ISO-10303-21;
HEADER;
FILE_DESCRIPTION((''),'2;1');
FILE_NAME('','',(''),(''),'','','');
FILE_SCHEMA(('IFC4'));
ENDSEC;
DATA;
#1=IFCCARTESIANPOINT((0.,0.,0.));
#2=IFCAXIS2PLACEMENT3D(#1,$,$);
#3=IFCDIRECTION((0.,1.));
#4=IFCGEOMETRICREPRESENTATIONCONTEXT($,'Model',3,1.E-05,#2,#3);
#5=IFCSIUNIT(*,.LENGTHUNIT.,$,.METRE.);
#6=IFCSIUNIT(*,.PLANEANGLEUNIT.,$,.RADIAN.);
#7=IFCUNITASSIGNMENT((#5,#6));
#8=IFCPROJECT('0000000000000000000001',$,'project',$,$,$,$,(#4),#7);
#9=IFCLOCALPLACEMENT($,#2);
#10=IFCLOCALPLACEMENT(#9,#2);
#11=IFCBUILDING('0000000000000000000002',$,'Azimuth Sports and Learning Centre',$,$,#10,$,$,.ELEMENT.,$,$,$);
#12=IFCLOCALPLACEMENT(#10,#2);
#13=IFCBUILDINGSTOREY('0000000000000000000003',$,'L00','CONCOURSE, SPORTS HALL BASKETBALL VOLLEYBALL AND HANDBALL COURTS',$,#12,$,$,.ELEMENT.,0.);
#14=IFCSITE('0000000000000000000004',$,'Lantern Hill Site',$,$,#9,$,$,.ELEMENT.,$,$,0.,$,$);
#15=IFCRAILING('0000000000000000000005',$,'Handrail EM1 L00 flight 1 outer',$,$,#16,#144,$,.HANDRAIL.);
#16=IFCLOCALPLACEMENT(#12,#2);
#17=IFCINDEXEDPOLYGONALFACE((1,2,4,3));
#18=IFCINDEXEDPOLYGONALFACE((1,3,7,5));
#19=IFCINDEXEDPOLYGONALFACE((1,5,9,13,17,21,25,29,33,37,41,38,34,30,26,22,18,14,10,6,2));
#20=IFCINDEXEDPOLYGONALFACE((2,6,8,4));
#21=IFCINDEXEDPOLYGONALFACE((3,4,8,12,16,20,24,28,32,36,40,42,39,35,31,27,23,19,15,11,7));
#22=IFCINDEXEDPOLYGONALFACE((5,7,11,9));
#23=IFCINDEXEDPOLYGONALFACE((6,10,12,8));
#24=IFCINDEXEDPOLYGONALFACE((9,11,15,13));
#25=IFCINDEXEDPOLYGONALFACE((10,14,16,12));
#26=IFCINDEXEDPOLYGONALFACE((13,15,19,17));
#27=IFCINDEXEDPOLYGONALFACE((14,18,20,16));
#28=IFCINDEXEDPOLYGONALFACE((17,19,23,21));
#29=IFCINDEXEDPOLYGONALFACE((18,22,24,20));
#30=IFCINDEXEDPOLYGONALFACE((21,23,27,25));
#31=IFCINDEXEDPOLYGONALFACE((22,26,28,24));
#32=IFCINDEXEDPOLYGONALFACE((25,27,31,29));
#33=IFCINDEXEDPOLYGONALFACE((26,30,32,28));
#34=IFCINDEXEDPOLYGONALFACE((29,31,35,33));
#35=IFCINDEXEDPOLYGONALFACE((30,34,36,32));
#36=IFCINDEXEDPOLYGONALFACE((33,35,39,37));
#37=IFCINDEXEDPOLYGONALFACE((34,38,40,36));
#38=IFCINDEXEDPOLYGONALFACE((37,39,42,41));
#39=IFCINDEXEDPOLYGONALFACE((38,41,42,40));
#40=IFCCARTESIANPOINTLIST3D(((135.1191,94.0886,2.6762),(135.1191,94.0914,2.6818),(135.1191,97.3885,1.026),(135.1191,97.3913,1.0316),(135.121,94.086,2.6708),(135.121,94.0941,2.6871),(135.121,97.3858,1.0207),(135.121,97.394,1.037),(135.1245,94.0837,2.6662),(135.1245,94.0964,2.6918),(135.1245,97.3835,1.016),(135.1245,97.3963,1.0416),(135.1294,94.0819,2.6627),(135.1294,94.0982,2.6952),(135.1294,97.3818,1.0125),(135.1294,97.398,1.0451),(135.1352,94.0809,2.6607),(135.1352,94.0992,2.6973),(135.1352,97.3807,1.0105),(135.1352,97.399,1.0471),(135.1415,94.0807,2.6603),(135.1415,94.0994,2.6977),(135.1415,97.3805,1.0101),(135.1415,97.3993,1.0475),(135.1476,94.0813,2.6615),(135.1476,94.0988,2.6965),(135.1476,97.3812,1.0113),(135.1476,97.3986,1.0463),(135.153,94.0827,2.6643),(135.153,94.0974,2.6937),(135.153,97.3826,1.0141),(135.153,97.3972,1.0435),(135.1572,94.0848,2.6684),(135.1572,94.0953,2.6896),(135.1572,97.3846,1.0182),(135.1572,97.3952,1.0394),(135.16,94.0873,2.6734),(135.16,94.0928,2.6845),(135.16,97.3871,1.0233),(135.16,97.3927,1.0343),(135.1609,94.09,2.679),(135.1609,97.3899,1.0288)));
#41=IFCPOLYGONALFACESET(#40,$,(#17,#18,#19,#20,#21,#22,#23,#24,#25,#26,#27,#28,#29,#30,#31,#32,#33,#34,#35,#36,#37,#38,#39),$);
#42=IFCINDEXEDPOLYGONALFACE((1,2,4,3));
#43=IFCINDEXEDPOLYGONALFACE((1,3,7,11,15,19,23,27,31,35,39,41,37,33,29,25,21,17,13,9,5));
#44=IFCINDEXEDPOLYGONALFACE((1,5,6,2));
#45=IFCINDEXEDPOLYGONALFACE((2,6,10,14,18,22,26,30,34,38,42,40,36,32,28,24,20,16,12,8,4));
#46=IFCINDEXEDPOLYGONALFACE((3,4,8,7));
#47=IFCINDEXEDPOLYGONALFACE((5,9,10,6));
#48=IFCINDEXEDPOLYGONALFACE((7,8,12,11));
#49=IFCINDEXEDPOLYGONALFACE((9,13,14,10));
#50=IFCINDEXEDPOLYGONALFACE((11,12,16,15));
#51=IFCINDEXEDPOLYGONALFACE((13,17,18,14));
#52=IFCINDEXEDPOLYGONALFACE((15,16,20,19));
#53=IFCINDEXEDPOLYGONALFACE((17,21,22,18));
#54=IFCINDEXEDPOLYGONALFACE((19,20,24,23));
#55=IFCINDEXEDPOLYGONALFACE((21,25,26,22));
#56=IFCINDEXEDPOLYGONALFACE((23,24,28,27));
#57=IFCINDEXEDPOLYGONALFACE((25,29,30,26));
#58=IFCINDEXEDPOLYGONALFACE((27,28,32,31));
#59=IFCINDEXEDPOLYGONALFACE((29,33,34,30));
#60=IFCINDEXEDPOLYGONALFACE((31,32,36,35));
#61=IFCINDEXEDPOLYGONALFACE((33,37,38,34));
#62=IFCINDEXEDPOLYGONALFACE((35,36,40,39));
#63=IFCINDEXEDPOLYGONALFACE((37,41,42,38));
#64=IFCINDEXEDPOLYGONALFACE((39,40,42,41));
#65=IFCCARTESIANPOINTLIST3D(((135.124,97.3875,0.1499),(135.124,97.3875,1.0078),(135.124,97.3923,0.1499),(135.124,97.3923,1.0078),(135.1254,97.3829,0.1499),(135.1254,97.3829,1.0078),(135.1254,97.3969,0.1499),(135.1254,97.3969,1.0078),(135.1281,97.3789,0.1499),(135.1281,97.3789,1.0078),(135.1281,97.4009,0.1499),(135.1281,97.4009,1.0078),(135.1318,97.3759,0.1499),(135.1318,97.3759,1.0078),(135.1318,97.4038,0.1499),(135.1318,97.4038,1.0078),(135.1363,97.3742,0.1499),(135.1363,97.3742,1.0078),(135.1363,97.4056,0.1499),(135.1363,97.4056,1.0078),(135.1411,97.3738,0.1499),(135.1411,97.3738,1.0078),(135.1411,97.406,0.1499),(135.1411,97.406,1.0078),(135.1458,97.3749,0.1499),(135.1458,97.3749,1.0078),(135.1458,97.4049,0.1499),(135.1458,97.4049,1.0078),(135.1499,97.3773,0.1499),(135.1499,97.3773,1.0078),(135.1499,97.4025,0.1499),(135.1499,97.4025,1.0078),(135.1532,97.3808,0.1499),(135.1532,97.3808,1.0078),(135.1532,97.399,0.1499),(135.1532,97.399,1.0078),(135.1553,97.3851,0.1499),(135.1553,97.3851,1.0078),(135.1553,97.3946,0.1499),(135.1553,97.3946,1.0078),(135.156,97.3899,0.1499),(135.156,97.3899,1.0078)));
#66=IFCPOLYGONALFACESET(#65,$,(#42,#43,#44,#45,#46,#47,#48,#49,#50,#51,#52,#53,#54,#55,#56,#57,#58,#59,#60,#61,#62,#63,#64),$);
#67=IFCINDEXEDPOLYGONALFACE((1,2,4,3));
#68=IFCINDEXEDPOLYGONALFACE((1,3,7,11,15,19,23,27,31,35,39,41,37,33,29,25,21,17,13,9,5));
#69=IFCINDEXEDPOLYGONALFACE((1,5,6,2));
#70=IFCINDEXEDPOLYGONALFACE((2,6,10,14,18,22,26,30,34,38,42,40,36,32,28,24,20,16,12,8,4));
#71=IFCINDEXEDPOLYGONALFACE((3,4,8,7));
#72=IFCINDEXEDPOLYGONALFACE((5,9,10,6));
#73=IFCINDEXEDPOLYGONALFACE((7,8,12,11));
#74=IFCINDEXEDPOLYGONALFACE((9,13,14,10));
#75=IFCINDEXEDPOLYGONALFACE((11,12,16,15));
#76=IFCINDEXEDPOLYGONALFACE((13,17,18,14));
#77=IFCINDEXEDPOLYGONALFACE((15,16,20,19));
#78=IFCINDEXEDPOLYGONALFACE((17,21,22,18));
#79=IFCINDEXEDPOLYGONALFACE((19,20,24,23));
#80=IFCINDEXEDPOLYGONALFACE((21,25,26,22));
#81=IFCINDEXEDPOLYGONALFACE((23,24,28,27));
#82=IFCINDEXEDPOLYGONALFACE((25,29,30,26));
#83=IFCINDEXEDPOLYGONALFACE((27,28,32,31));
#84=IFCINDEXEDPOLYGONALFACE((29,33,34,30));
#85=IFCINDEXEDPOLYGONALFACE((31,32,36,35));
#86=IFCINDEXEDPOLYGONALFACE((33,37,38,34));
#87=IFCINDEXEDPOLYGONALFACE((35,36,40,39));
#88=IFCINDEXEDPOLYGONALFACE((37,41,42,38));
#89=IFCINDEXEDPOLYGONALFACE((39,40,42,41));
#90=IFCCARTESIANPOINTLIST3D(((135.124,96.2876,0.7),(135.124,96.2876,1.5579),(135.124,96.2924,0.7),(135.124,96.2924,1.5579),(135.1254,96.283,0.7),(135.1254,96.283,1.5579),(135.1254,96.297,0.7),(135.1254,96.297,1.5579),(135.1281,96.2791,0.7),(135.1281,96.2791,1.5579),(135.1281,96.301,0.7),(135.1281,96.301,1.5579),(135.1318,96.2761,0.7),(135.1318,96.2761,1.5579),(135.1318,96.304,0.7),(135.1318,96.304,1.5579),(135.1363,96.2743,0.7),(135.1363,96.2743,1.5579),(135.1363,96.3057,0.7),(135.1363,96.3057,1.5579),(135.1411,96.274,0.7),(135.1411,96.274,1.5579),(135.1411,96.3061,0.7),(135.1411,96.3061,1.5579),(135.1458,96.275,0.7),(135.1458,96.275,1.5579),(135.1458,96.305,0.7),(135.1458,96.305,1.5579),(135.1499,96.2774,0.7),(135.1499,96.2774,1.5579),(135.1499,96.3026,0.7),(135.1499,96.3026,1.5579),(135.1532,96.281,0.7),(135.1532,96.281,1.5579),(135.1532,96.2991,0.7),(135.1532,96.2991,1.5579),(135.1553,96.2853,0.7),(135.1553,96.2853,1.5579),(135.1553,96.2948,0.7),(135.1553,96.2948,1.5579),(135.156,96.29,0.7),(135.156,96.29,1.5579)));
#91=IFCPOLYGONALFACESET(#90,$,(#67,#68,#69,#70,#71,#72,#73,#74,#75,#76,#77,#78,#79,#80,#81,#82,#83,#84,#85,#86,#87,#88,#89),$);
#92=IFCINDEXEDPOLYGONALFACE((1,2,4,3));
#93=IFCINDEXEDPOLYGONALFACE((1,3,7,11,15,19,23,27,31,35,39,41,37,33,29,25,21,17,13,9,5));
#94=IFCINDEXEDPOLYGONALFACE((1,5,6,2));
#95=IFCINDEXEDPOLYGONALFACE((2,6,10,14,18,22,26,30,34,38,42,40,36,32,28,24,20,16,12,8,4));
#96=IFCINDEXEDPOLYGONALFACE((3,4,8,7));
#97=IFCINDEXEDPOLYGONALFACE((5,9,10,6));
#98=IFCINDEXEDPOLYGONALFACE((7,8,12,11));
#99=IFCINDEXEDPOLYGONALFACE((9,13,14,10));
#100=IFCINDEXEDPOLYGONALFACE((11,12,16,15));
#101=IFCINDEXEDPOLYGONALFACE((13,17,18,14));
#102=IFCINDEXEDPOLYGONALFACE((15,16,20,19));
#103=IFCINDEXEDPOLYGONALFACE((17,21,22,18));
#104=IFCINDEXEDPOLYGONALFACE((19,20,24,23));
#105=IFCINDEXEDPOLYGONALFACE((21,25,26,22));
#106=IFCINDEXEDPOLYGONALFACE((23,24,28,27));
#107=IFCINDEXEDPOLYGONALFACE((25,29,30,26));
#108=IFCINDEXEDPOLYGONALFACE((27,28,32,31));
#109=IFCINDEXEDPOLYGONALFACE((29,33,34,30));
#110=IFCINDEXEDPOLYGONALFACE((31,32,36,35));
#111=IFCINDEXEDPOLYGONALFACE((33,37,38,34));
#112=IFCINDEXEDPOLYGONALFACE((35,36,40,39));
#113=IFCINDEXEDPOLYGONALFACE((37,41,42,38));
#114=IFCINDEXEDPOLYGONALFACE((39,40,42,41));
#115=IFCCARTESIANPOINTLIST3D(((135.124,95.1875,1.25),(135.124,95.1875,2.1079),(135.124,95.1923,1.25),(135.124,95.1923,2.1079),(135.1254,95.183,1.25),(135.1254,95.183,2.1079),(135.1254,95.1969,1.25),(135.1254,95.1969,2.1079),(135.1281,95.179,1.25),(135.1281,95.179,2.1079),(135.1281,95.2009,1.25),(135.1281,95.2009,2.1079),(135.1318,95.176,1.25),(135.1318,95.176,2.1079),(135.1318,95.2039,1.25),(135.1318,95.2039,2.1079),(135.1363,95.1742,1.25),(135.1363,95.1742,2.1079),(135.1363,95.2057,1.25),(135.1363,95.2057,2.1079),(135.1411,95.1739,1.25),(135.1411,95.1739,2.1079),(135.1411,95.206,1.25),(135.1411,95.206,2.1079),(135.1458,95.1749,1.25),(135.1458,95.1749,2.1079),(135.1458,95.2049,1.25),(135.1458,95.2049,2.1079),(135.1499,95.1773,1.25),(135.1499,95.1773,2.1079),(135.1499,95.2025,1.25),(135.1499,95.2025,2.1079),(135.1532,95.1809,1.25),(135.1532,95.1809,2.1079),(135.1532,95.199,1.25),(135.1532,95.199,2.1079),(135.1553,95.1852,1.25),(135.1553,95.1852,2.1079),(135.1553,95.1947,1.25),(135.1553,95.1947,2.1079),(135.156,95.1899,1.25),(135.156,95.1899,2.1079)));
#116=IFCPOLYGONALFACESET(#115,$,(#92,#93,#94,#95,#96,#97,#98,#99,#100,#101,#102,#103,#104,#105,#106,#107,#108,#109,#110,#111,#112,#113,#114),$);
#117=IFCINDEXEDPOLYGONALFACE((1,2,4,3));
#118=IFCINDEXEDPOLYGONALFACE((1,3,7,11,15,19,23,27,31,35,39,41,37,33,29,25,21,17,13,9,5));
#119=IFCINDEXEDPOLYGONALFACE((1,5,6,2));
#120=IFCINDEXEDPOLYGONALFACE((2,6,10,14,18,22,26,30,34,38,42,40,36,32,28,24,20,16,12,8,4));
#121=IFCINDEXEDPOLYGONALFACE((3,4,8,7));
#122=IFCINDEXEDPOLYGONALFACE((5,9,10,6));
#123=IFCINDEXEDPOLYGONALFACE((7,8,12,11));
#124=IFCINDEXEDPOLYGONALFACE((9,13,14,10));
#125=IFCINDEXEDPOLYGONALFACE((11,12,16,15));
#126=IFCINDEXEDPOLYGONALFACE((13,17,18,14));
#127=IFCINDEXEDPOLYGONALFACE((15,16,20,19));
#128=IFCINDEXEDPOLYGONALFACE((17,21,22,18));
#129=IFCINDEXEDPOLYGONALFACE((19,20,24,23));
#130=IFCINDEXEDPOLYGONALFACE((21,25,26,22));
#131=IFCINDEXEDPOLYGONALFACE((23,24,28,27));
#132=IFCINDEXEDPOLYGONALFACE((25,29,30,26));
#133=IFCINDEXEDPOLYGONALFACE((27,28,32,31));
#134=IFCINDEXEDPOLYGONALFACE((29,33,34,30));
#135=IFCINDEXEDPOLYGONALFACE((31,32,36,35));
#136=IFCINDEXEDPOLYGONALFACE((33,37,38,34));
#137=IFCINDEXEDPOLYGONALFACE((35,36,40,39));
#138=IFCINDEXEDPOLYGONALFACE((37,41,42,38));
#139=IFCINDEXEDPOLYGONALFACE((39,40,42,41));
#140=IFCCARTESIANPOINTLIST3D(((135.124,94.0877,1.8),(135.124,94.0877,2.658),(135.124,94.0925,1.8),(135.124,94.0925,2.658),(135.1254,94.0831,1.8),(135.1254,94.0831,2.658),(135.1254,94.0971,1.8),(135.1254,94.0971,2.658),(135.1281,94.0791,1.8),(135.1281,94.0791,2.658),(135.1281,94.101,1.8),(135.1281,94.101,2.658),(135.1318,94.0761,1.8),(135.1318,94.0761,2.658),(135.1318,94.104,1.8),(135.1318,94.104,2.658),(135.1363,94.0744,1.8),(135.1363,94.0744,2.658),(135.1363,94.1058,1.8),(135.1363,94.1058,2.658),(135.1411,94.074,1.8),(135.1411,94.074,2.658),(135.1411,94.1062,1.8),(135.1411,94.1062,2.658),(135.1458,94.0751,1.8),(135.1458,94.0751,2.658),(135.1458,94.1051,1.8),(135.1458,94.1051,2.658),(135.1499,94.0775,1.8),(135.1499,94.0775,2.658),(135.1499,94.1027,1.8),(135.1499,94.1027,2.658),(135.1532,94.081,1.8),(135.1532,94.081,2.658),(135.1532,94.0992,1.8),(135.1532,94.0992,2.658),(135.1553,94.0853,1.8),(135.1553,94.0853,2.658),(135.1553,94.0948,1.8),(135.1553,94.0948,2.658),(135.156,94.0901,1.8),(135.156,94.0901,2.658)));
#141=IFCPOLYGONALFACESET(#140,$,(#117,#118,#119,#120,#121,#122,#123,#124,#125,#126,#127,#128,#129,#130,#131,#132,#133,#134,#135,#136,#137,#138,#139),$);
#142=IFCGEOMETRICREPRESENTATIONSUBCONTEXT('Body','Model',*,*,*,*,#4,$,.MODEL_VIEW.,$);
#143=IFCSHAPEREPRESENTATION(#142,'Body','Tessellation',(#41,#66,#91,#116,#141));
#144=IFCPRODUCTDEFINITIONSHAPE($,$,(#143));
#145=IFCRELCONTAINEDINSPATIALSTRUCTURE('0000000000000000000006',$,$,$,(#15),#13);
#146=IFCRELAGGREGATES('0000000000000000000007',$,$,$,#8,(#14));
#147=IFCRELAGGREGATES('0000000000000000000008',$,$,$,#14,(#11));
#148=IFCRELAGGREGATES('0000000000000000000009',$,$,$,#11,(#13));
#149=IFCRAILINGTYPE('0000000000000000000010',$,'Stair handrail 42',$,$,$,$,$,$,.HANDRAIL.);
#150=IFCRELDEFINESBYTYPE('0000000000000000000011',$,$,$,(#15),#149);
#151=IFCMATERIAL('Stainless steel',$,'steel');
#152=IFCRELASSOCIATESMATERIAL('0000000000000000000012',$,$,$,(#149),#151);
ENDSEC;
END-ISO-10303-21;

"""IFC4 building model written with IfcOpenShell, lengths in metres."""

from ifc_helpers import new_model, si_unit, direction, frame, origin, origin_2d, place, context, subcontext, project, spatial, circle, extrude, material, type_object, element, save


model = new_model("IFC4")

# Units and contexts
model_context = context("Model", 3, precision=1e-05, world=origin(), true_north=direction((0.0, 1.0)))
body_context = subcontext(model_context, "Body", "Model", "MODEL_VIEW")
ifc_project = project(units=[si_unit("LENGTHUNIT", "METRE"), si_unit("PLANEANGLEUNIT", "RADIAN")], contexts=[model_context])

# Site, building, storey
site_placement = place(None, origin())
site = spatial("IfcSite", under=ifc_project, at=site_placement, Name="Lantern Hill Site", CompositionType="ELEMENT", RefElevation=0.0)
building_placement = place(site_placement, origin())
building = spatial("IfcBuilding", under=site, at=building_placement, Name="Azimuth Sports and Learning Centre", CompositionType="ELEMENT")
storey_placement = place(building_placement, origin())
storey = spatial("IfcBuildingStorey", under=building, at=storey_placement, Name="L00", Description="CONCOURSE, SPORTS HALL BASKETBALL VOLLEYBALL AND HANDBALL COURTS", CompositionType="ELEMENT", Elevation=0.0)

# Railing
ifc_material_1 = material(Name="Stainless steel", Category="steel")
railing_type = type_object("IfcRailingType", Name="Stair handrail 42", PredefinedType="HANDRAIL", material=ifc_material_1)
railing_placement = place(storey_placement, frame((135.1399, 97.3899, 0.1499)))
element("IfcRailing", 1, at=railing_placement, inside=storey, type_object=railing_type, Name="Handrail EM1 L00 flight 1 outer", PredefinedType="HANDRAIL", context=body_context, shape_type="SweptSolid", body=[
    extrude(circle(Radius=0.021, at=origin_2d()), frame((0.0, 0.0, 0.8789), z_axis=(0.0, -0.894401, 0.447267), x_axis=(1.0, 0.0, 0.0)), (0.0, 0.0, 1.0), 3.6895),
    extrude(circle(Radius=0.0161, at=origin_2d()), origin(), (0.0, 0.0, 1.0), 0.8579),
    extrude(circle(Radius=0.0161, at=origin_2d()), frame((0.0, -1.0999, 0.55)), (0.0, 0.0, 1.0), 0.8579),
    extrude(circle(Radius=0.0161, at=origin_2d()), frame((0.0, -2.2, 1.1001)), (0.0, 0.0, 1.0), 0.8579),
    extrude(circle(Radius=0.0161, at=origin_2d()), frame((0.0, -3.2998, 1.6501)), (0.0, 0.0, 1.0), 0.8579),
])

save(model, "model.ifc")
